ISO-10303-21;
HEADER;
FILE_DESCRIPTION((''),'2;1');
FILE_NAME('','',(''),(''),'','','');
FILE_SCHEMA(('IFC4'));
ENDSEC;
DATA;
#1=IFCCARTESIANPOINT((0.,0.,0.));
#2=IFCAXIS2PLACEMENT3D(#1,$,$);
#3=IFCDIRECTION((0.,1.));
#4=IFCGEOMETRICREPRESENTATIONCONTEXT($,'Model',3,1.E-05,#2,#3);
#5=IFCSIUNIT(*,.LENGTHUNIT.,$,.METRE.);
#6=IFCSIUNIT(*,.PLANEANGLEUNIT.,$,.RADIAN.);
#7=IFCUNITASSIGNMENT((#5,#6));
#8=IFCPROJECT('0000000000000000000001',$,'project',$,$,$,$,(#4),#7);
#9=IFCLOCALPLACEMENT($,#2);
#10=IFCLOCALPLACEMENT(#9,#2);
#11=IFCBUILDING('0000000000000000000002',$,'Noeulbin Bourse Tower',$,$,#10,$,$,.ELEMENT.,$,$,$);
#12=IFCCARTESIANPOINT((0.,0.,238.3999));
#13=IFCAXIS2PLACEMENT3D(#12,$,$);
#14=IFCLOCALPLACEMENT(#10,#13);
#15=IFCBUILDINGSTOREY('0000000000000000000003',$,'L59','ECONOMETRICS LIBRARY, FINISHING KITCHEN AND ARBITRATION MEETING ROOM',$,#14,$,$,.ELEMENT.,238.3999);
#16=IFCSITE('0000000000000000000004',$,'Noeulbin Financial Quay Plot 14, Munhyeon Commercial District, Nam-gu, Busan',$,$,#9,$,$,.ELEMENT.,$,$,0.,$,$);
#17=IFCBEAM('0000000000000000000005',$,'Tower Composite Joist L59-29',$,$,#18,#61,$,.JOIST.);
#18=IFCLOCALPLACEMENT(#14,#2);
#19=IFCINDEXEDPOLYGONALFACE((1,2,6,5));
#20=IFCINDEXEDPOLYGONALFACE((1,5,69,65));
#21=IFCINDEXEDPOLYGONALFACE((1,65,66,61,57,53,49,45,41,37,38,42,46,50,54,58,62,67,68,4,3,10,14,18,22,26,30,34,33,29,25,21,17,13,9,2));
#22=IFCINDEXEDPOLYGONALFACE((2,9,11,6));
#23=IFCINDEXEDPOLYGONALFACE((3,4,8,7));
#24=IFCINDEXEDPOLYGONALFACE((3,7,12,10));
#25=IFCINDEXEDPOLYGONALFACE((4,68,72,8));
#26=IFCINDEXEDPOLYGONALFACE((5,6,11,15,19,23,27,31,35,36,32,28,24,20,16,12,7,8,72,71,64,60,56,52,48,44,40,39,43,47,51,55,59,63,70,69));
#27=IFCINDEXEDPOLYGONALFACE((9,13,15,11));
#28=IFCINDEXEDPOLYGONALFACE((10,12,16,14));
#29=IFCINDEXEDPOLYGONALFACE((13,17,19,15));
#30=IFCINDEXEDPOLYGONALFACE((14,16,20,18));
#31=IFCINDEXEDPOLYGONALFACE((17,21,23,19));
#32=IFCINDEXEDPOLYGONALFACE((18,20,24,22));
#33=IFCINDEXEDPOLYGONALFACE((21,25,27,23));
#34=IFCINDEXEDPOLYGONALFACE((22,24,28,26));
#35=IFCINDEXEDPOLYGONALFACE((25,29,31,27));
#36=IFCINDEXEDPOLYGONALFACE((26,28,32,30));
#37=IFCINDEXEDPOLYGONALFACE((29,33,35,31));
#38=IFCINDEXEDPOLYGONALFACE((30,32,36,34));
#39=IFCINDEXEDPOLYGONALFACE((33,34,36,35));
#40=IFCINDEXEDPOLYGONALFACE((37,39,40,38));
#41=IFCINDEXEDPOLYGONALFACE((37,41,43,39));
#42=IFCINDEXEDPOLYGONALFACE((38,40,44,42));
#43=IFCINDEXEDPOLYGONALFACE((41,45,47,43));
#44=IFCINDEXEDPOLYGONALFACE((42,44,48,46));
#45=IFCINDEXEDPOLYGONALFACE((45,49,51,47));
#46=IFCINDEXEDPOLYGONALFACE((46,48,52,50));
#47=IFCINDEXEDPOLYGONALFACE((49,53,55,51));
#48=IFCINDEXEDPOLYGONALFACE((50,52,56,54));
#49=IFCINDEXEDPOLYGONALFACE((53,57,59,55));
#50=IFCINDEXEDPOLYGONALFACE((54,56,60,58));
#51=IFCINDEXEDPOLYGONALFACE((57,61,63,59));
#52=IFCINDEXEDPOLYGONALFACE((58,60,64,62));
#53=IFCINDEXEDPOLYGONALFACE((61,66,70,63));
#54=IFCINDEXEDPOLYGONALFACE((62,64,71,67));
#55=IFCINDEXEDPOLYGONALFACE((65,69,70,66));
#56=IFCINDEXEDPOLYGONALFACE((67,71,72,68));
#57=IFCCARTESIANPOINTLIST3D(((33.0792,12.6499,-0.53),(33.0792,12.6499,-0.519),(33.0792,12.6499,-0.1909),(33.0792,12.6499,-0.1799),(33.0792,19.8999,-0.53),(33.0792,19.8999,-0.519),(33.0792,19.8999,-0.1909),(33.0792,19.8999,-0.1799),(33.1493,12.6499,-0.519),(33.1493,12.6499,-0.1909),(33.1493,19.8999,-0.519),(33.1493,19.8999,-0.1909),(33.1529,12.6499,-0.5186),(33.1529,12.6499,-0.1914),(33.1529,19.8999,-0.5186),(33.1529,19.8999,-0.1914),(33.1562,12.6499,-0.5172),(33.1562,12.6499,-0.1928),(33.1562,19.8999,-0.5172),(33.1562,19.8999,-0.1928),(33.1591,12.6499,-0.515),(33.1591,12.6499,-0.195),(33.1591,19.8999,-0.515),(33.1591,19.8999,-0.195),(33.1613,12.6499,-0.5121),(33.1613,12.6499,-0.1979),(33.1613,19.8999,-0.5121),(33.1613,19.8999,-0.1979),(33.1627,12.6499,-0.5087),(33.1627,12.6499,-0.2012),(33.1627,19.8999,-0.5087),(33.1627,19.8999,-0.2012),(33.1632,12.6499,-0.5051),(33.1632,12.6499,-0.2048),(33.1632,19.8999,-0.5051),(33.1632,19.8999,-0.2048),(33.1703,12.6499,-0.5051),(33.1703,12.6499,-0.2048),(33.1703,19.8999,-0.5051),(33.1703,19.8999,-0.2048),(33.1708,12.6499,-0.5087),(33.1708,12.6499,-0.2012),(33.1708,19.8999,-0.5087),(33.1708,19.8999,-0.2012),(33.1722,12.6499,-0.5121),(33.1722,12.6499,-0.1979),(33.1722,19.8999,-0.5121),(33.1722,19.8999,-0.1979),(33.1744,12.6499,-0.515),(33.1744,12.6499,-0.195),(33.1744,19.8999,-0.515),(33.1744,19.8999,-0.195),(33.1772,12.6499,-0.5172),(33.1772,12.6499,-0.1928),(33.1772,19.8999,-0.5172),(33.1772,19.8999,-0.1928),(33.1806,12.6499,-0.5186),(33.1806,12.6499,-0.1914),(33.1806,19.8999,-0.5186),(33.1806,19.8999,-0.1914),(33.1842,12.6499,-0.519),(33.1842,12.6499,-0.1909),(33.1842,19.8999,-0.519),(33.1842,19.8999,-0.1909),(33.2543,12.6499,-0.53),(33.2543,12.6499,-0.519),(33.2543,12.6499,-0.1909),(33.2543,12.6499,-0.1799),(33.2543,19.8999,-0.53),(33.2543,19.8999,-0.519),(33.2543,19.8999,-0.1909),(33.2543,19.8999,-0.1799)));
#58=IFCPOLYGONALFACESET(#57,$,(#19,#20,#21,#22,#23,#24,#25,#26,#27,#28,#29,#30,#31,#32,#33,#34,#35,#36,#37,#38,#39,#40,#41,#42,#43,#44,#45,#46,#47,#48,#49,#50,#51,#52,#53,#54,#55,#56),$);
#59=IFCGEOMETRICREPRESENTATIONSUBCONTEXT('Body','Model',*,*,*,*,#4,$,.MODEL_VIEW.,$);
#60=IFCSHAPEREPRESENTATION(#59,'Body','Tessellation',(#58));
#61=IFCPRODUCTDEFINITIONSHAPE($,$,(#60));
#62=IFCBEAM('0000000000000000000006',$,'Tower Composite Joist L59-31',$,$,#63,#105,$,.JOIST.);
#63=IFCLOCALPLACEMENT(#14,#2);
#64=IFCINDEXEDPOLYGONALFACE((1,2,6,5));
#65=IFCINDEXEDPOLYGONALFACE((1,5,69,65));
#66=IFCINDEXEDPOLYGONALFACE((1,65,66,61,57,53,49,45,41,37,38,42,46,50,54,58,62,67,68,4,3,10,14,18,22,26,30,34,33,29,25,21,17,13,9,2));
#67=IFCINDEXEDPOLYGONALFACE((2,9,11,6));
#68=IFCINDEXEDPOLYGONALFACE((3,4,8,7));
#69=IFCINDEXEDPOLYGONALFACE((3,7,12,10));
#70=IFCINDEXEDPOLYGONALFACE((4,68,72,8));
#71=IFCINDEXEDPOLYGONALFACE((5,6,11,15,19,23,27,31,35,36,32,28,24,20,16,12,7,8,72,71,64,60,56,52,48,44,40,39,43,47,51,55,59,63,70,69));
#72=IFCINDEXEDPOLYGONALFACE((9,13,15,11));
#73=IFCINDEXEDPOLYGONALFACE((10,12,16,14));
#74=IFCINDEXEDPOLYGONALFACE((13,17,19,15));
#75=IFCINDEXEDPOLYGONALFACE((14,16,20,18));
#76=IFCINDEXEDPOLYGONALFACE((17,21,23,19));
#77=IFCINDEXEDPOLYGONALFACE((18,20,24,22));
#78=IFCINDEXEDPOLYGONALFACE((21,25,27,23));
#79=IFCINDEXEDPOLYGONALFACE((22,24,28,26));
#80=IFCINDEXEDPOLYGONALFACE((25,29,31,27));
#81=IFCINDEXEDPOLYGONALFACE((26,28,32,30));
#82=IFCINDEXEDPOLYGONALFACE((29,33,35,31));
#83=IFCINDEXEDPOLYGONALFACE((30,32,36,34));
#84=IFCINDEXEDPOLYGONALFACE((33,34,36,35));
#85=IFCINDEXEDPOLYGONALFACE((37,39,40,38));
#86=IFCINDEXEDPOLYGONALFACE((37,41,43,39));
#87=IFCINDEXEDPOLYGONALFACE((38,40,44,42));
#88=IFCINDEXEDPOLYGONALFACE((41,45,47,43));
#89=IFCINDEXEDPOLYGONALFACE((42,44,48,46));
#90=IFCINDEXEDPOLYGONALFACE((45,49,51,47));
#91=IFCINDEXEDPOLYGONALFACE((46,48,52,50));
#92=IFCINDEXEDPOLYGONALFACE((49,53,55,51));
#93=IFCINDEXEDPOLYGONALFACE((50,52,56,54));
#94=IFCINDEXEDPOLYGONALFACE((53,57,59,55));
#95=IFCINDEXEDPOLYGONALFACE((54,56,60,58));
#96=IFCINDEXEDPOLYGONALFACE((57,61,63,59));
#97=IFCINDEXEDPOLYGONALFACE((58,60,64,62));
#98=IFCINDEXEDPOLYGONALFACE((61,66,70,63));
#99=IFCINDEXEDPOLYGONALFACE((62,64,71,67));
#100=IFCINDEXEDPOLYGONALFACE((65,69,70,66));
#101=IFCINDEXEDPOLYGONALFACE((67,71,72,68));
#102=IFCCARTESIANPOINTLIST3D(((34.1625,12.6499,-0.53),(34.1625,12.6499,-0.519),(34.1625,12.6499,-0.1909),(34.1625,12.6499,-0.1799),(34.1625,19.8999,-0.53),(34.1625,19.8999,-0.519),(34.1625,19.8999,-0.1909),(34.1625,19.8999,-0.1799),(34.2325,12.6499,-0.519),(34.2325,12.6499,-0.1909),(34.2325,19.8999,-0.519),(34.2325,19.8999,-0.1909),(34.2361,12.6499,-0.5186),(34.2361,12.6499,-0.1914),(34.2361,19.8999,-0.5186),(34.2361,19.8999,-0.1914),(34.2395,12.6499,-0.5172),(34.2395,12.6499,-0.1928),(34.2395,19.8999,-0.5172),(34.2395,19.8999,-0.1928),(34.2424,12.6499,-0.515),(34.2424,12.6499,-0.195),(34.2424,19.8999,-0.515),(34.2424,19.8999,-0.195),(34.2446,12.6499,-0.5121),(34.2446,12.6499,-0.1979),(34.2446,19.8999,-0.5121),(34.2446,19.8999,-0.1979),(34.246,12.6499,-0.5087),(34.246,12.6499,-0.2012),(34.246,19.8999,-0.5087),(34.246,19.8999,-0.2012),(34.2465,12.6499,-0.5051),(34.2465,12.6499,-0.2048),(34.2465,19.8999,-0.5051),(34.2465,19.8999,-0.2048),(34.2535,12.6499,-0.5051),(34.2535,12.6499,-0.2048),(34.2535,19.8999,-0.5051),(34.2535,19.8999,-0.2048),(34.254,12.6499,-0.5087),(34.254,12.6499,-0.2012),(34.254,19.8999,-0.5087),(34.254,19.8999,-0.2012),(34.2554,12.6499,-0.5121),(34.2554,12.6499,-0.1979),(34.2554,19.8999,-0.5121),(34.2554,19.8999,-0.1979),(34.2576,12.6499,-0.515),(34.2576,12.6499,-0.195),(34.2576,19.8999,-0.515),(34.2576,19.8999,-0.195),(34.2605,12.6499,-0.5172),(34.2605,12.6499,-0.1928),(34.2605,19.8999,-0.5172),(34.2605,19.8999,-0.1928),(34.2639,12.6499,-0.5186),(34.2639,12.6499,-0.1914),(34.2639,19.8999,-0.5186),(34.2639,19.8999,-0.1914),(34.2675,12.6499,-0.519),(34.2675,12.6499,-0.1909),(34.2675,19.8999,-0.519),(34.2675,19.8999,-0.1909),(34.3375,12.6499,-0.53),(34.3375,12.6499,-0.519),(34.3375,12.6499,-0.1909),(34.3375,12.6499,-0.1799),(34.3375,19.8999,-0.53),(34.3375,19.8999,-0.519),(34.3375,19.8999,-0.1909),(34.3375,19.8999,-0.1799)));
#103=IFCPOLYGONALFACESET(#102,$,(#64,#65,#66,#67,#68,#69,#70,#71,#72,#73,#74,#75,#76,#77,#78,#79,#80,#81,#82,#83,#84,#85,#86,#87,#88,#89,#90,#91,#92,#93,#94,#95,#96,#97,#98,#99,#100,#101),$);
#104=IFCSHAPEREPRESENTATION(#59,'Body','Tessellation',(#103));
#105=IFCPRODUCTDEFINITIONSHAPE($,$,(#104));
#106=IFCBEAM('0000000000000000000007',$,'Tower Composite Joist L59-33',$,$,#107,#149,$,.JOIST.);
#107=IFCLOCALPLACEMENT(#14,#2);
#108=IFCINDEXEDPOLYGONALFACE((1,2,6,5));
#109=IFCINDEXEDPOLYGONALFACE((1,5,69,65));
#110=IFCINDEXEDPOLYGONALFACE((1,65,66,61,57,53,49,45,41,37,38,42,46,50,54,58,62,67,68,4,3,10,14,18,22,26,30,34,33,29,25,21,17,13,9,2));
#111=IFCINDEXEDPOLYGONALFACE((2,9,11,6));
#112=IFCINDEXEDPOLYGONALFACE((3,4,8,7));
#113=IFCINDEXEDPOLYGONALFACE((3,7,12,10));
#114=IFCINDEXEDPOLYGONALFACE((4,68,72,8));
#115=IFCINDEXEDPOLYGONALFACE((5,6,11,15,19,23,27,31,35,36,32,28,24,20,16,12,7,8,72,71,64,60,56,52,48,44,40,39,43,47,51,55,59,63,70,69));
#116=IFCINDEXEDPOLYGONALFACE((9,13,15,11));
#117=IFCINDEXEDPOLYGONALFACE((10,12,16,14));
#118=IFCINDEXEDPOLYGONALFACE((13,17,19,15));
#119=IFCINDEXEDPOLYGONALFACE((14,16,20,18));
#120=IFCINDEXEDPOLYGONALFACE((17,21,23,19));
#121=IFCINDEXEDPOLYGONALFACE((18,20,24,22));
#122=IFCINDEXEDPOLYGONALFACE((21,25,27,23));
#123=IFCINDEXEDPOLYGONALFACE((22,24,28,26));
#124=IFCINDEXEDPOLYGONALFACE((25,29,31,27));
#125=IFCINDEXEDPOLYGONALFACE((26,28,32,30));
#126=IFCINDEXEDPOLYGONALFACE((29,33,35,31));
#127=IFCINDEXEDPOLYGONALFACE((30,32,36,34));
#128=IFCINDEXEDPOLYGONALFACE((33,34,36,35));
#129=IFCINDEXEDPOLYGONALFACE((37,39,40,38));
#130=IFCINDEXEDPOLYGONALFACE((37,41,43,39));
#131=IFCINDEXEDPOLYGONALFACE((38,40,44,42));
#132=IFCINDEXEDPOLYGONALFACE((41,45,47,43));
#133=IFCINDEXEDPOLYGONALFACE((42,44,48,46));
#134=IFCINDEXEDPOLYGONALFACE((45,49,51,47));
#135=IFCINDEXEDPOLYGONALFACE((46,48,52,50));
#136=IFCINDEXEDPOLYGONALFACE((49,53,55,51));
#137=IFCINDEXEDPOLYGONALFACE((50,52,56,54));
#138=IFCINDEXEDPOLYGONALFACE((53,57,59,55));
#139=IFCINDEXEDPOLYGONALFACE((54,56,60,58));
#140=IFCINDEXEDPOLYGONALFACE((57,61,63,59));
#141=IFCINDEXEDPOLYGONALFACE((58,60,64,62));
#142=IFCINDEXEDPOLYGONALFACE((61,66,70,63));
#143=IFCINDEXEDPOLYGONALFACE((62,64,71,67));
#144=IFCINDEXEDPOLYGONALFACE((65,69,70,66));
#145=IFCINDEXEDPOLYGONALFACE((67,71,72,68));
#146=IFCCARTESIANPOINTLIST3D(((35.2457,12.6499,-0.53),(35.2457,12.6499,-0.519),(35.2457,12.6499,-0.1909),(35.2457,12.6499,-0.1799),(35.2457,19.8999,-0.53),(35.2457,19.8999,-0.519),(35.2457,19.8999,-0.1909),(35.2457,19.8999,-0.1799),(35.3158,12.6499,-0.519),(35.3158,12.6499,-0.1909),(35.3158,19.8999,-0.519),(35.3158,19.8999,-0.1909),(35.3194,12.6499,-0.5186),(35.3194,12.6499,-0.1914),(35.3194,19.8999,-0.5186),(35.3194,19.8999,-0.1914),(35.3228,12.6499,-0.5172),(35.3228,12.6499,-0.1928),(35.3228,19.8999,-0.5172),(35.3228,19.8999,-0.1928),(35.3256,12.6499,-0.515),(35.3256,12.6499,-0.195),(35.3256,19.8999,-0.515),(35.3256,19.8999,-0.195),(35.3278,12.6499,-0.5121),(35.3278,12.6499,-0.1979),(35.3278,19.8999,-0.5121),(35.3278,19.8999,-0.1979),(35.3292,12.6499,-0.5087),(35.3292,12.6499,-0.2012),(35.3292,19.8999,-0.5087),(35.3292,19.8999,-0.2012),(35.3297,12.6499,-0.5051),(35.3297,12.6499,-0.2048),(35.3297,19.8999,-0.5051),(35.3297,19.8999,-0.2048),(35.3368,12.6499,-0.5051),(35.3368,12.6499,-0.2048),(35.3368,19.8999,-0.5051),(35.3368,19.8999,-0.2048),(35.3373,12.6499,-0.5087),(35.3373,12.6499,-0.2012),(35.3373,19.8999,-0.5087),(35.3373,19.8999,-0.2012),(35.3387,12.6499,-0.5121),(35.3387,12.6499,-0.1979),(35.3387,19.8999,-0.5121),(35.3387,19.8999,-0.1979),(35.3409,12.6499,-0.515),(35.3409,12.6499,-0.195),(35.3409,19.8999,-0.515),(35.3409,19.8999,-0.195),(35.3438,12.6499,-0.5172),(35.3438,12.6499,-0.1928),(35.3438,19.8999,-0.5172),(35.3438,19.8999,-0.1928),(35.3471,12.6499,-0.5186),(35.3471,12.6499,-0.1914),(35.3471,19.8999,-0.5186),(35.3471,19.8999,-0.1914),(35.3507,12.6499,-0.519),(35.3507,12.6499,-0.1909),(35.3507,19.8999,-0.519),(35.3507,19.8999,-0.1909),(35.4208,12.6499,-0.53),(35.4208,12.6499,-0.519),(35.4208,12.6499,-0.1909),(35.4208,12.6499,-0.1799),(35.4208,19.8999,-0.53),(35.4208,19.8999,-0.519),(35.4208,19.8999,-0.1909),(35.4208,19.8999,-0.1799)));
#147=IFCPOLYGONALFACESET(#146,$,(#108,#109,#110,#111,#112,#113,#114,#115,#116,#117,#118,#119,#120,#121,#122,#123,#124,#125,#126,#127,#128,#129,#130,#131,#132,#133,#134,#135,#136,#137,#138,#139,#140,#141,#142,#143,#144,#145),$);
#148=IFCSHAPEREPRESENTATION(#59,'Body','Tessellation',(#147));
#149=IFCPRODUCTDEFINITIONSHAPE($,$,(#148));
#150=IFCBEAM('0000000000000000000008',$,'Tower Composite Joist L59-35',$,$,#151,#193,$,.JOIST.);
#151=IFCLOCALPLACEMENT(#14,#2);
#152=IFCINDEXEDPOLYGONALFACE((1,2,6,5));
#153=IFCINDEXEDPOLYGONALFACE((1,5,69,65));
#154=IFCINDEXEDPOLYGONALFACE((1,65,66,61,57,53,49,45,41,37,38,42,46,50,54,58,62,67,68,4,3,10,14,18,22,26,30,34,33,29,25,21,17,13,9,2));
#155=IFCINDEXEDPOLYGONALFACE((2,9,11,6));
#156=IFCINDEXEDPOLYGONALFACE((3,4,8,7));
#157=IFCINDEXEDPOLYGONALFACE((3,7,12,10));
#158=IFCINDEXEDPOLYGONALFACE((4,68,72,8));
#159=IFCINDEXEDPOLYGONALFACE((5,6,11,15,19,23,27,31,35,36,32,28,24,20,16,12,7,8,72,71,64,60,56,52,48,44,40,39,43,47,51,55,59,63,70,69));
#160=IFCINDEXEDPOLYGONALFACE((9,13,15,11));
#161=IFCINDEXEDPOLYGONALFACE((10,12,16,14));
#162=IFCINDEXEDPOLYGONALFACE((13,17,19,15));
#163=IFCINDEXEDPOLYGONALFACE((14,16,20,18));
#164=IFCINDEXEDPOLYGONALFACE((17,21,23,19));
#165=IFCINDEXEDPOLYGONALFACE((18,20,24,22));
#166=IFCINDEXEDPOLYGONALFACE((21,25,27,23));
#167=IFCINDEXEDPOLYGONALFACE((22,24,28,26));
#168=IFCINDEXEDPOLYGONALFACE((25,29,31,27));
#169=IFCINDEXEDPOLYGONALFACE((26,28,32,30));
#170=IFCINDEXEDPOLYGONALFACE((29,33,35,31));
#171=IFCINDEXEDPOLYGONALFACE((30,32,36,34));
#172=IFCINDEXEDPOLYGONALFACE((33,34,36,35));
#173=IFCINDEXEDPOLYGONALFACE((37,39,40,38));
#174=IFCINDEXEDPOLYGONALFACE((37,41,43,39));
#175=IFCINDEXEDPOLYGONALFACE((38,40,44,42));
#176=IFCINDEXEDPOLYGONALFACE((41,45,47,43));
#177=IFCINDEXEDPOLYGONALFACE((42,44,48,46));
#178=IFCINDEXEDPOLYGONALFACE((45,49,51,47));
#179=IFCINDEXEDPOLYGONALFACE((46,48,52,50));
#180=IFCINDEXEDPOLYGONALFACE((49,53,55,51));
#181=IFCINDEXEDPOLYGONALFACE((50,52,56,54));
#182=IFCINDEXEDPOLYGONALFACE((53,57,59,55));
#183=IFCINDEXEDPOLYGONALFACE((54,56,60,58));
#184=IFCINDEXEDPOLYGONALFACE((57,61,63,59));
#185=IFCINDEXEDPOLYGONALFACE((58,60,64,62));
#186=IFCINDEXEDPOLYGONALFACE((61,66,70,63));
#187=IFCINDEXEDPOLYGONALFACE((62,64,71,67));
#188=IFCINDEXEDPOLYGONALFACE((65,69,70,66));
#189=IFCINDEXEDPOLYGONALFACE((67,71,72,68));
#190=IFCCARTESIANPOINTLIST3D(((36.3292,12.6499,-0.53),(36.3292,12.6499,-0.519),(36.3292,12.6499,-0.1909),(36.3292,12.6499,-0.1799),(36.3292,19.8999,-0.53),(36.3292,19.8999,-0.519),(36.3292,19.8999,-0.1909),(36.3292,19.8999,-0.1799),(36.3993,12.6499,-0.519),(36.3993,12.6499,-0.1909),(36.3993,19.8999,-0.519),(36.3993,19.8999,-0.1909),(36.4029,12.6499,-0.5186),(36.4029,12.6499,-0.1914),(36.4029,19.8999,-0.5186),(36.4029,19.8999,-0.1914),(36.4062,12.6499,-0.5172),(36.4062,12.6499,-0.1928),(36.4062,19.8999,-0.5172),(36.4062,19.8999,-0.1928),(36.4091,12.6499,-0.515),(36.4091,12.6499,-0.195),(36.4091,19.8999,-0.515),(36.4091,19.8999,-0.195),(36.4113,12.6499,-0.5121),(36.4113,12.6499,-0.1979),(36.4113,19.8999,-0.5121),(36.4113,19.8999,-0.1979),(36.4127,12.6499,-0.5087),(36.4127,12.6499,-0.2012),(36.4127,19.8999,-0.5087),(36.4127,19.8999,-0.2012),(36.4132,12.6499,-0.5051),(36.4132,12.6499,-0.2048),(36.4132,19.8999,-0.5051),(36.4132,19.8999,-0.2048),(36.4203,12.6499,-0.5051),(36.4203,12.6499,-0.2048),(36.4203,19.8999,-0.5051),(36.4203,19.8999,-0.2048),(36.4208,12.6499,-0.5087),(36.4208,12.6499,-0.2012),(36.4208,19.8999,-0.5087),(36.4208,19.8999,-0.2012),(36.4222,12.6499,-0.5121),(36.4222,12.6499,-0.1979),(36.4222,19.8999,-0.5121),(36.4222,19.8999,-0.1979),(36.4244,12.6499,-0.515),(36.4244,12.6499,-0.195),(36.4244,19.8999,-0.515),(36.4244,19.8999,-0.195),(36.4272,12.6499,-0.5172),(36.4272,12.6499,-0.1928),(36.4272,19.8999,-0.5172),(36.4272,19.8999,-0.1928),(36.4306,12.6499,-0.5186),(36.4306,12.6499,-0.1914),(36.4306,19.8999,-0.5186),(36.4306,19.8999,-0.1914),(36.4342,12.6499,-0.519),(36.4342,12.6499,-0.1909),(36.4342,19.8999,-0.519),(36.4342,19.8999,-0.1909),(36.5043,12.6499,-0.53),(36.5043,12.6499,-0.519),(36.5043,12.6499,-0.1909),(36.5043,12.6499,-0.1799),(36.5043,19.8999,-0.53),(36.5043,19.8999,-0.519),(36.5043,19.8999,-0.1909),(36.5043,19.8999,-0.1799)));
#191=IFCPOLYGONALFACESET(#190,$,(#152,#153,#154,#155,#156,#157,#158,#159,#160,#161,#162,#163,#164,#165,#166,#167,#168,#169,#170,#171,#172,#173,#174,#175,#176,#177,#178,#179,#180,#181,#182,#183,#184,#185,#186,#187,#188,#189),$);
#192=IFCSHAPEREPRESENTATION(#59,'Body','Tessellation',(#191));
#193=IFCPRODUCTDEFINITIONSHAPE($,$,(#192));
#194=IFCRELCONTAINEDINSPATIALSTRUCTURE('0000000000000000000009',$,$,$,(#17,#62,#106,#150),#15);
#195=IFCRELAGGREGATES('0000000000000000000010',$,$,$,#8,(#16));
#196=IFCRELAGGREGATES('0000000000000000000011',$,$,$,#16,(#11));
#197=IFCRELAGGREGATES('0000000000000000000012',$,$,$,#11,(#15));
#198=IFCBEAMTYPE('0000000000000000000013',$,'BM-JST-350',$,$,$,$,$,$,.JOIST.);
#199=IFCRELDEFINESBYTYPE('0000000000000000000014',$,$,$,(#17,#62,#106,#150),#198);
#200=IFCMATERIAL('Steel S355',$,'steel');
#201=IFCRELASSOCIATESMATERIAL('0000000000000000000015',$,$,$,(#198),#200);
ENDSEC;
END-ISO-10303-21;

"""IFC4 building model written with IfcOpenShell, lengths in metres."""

from ifc_helpers import new_model, si_unit, direction, frame, origin, origin_2d, place, context, subcontext, project, spatial, i_section, extrude, material, material_profile, profile_set, type_object, element, save


model = new_model("IFC4")

# Units and contexts
model_context = context("Model", 3, precision=1e-05, world=origin(), true_north=direction((0.0, 1.0)))
body_context = subcontext(model_context, "Body", "Model", "MODEL_VIEW")
ifc_project = project(units=[si_unit("LENGTHUNIT", "METRE"), si_unit("PLANEANGLEUNIT", "RADIAN")], contexts=[model_context])

# Site, building, storey
site_placement = place(None, origin())
site = spatial("IfcSite", under=ifc_project, at=site_placement, Name="Noeulbin Financial Quay Plot 14, Munhyeon Commercial District, Nam-gu, Busan", CompositionType="ELEMENT", RefElevation=0.0)
building_placement = place(site_placement, origin())
building = spatial("IfcBuilding", under=site, at=building_placement, Name="Noeulbin Bourse Tower", CompositionType="ELEMENT")
storey_placement = place(building_placement, frame((0.0, 0.0, 238.3999)))
storey = spatial("IfcBuildingStorey", under=building, at=storey_placement, Name="L59", Description="ECONOMETRICS LIBRARY, FINISHING KITCHEN AND ARBITRATION MEETING ROOM", CompositionType="ELEMENT", Elevation=238.3999)

# Shared definitions
ifc_material_1 = material(Name="Steel S355", Category="steel")

# Beams
ifc_material_profile_1 = material_profile(ifc_material_1, i_section(OverallWidth=0.175, OverallDepth=0.3501, WebThickness=0.0071, FlangeThickness=0.011, FilletRadius=0.0139, at=origin_2d()), Name="H-350x175x7x11", Category="LoadBearing")
ifc_profile_set_1 = profile_set([ifc_material_profile_1], Name="Steel S355")
beam_type_1 = type_object("IfcBeamType", Name="BM-JST-350", PredefinedType="JOIST", material=ifc_profile_set_1)
for number, where, z_axis, x_axis, name in (
    (1, (33.1667, 12.6499, -0.355), (0.0, 1.0, 0.0), (-1.0, 0.0, 0.0), "Tower Composite Joist L59-29"),
    (2, (34.25, 12.6499, -0.355), (0.0, 1.0, 0.0), (-1.0, 0.0, 0.0), "Tower Composite Joist L59-31"),
    (3, (35.3333, 12.6499, -0.355), (0.0, 1.0, 0.0), (-1.0, 0.0, 0.0), "Tower Composite Joist L59-33"),
    (4, (36.4167, 12.6499, -0.355), (0.0, 1.0, 0.0), (-1.0, 0.0, 0.0), "Tower Composite Joist L59-35"),
):
    element("IfcBeam", number, at=place(storey_placement, frame(where, z_axis=z_axis, x_axis=x_axis)), inside=storey, type_object=beam_type_1, Name=name, PredefinedType="JOIST", context=body_context, shape_type="SweptSolid", body=[
        extrude(i_section(OverallWidth=0.175, OverallDepth=0.3501, WebThickness=0.0071, FlangeThickness=0.011, FilletRadius=0.0139, at=origin_2d()), origin(), (0.0, 0.0, 1.0), 7.25),
    ])

save(model, "model.ifc")
